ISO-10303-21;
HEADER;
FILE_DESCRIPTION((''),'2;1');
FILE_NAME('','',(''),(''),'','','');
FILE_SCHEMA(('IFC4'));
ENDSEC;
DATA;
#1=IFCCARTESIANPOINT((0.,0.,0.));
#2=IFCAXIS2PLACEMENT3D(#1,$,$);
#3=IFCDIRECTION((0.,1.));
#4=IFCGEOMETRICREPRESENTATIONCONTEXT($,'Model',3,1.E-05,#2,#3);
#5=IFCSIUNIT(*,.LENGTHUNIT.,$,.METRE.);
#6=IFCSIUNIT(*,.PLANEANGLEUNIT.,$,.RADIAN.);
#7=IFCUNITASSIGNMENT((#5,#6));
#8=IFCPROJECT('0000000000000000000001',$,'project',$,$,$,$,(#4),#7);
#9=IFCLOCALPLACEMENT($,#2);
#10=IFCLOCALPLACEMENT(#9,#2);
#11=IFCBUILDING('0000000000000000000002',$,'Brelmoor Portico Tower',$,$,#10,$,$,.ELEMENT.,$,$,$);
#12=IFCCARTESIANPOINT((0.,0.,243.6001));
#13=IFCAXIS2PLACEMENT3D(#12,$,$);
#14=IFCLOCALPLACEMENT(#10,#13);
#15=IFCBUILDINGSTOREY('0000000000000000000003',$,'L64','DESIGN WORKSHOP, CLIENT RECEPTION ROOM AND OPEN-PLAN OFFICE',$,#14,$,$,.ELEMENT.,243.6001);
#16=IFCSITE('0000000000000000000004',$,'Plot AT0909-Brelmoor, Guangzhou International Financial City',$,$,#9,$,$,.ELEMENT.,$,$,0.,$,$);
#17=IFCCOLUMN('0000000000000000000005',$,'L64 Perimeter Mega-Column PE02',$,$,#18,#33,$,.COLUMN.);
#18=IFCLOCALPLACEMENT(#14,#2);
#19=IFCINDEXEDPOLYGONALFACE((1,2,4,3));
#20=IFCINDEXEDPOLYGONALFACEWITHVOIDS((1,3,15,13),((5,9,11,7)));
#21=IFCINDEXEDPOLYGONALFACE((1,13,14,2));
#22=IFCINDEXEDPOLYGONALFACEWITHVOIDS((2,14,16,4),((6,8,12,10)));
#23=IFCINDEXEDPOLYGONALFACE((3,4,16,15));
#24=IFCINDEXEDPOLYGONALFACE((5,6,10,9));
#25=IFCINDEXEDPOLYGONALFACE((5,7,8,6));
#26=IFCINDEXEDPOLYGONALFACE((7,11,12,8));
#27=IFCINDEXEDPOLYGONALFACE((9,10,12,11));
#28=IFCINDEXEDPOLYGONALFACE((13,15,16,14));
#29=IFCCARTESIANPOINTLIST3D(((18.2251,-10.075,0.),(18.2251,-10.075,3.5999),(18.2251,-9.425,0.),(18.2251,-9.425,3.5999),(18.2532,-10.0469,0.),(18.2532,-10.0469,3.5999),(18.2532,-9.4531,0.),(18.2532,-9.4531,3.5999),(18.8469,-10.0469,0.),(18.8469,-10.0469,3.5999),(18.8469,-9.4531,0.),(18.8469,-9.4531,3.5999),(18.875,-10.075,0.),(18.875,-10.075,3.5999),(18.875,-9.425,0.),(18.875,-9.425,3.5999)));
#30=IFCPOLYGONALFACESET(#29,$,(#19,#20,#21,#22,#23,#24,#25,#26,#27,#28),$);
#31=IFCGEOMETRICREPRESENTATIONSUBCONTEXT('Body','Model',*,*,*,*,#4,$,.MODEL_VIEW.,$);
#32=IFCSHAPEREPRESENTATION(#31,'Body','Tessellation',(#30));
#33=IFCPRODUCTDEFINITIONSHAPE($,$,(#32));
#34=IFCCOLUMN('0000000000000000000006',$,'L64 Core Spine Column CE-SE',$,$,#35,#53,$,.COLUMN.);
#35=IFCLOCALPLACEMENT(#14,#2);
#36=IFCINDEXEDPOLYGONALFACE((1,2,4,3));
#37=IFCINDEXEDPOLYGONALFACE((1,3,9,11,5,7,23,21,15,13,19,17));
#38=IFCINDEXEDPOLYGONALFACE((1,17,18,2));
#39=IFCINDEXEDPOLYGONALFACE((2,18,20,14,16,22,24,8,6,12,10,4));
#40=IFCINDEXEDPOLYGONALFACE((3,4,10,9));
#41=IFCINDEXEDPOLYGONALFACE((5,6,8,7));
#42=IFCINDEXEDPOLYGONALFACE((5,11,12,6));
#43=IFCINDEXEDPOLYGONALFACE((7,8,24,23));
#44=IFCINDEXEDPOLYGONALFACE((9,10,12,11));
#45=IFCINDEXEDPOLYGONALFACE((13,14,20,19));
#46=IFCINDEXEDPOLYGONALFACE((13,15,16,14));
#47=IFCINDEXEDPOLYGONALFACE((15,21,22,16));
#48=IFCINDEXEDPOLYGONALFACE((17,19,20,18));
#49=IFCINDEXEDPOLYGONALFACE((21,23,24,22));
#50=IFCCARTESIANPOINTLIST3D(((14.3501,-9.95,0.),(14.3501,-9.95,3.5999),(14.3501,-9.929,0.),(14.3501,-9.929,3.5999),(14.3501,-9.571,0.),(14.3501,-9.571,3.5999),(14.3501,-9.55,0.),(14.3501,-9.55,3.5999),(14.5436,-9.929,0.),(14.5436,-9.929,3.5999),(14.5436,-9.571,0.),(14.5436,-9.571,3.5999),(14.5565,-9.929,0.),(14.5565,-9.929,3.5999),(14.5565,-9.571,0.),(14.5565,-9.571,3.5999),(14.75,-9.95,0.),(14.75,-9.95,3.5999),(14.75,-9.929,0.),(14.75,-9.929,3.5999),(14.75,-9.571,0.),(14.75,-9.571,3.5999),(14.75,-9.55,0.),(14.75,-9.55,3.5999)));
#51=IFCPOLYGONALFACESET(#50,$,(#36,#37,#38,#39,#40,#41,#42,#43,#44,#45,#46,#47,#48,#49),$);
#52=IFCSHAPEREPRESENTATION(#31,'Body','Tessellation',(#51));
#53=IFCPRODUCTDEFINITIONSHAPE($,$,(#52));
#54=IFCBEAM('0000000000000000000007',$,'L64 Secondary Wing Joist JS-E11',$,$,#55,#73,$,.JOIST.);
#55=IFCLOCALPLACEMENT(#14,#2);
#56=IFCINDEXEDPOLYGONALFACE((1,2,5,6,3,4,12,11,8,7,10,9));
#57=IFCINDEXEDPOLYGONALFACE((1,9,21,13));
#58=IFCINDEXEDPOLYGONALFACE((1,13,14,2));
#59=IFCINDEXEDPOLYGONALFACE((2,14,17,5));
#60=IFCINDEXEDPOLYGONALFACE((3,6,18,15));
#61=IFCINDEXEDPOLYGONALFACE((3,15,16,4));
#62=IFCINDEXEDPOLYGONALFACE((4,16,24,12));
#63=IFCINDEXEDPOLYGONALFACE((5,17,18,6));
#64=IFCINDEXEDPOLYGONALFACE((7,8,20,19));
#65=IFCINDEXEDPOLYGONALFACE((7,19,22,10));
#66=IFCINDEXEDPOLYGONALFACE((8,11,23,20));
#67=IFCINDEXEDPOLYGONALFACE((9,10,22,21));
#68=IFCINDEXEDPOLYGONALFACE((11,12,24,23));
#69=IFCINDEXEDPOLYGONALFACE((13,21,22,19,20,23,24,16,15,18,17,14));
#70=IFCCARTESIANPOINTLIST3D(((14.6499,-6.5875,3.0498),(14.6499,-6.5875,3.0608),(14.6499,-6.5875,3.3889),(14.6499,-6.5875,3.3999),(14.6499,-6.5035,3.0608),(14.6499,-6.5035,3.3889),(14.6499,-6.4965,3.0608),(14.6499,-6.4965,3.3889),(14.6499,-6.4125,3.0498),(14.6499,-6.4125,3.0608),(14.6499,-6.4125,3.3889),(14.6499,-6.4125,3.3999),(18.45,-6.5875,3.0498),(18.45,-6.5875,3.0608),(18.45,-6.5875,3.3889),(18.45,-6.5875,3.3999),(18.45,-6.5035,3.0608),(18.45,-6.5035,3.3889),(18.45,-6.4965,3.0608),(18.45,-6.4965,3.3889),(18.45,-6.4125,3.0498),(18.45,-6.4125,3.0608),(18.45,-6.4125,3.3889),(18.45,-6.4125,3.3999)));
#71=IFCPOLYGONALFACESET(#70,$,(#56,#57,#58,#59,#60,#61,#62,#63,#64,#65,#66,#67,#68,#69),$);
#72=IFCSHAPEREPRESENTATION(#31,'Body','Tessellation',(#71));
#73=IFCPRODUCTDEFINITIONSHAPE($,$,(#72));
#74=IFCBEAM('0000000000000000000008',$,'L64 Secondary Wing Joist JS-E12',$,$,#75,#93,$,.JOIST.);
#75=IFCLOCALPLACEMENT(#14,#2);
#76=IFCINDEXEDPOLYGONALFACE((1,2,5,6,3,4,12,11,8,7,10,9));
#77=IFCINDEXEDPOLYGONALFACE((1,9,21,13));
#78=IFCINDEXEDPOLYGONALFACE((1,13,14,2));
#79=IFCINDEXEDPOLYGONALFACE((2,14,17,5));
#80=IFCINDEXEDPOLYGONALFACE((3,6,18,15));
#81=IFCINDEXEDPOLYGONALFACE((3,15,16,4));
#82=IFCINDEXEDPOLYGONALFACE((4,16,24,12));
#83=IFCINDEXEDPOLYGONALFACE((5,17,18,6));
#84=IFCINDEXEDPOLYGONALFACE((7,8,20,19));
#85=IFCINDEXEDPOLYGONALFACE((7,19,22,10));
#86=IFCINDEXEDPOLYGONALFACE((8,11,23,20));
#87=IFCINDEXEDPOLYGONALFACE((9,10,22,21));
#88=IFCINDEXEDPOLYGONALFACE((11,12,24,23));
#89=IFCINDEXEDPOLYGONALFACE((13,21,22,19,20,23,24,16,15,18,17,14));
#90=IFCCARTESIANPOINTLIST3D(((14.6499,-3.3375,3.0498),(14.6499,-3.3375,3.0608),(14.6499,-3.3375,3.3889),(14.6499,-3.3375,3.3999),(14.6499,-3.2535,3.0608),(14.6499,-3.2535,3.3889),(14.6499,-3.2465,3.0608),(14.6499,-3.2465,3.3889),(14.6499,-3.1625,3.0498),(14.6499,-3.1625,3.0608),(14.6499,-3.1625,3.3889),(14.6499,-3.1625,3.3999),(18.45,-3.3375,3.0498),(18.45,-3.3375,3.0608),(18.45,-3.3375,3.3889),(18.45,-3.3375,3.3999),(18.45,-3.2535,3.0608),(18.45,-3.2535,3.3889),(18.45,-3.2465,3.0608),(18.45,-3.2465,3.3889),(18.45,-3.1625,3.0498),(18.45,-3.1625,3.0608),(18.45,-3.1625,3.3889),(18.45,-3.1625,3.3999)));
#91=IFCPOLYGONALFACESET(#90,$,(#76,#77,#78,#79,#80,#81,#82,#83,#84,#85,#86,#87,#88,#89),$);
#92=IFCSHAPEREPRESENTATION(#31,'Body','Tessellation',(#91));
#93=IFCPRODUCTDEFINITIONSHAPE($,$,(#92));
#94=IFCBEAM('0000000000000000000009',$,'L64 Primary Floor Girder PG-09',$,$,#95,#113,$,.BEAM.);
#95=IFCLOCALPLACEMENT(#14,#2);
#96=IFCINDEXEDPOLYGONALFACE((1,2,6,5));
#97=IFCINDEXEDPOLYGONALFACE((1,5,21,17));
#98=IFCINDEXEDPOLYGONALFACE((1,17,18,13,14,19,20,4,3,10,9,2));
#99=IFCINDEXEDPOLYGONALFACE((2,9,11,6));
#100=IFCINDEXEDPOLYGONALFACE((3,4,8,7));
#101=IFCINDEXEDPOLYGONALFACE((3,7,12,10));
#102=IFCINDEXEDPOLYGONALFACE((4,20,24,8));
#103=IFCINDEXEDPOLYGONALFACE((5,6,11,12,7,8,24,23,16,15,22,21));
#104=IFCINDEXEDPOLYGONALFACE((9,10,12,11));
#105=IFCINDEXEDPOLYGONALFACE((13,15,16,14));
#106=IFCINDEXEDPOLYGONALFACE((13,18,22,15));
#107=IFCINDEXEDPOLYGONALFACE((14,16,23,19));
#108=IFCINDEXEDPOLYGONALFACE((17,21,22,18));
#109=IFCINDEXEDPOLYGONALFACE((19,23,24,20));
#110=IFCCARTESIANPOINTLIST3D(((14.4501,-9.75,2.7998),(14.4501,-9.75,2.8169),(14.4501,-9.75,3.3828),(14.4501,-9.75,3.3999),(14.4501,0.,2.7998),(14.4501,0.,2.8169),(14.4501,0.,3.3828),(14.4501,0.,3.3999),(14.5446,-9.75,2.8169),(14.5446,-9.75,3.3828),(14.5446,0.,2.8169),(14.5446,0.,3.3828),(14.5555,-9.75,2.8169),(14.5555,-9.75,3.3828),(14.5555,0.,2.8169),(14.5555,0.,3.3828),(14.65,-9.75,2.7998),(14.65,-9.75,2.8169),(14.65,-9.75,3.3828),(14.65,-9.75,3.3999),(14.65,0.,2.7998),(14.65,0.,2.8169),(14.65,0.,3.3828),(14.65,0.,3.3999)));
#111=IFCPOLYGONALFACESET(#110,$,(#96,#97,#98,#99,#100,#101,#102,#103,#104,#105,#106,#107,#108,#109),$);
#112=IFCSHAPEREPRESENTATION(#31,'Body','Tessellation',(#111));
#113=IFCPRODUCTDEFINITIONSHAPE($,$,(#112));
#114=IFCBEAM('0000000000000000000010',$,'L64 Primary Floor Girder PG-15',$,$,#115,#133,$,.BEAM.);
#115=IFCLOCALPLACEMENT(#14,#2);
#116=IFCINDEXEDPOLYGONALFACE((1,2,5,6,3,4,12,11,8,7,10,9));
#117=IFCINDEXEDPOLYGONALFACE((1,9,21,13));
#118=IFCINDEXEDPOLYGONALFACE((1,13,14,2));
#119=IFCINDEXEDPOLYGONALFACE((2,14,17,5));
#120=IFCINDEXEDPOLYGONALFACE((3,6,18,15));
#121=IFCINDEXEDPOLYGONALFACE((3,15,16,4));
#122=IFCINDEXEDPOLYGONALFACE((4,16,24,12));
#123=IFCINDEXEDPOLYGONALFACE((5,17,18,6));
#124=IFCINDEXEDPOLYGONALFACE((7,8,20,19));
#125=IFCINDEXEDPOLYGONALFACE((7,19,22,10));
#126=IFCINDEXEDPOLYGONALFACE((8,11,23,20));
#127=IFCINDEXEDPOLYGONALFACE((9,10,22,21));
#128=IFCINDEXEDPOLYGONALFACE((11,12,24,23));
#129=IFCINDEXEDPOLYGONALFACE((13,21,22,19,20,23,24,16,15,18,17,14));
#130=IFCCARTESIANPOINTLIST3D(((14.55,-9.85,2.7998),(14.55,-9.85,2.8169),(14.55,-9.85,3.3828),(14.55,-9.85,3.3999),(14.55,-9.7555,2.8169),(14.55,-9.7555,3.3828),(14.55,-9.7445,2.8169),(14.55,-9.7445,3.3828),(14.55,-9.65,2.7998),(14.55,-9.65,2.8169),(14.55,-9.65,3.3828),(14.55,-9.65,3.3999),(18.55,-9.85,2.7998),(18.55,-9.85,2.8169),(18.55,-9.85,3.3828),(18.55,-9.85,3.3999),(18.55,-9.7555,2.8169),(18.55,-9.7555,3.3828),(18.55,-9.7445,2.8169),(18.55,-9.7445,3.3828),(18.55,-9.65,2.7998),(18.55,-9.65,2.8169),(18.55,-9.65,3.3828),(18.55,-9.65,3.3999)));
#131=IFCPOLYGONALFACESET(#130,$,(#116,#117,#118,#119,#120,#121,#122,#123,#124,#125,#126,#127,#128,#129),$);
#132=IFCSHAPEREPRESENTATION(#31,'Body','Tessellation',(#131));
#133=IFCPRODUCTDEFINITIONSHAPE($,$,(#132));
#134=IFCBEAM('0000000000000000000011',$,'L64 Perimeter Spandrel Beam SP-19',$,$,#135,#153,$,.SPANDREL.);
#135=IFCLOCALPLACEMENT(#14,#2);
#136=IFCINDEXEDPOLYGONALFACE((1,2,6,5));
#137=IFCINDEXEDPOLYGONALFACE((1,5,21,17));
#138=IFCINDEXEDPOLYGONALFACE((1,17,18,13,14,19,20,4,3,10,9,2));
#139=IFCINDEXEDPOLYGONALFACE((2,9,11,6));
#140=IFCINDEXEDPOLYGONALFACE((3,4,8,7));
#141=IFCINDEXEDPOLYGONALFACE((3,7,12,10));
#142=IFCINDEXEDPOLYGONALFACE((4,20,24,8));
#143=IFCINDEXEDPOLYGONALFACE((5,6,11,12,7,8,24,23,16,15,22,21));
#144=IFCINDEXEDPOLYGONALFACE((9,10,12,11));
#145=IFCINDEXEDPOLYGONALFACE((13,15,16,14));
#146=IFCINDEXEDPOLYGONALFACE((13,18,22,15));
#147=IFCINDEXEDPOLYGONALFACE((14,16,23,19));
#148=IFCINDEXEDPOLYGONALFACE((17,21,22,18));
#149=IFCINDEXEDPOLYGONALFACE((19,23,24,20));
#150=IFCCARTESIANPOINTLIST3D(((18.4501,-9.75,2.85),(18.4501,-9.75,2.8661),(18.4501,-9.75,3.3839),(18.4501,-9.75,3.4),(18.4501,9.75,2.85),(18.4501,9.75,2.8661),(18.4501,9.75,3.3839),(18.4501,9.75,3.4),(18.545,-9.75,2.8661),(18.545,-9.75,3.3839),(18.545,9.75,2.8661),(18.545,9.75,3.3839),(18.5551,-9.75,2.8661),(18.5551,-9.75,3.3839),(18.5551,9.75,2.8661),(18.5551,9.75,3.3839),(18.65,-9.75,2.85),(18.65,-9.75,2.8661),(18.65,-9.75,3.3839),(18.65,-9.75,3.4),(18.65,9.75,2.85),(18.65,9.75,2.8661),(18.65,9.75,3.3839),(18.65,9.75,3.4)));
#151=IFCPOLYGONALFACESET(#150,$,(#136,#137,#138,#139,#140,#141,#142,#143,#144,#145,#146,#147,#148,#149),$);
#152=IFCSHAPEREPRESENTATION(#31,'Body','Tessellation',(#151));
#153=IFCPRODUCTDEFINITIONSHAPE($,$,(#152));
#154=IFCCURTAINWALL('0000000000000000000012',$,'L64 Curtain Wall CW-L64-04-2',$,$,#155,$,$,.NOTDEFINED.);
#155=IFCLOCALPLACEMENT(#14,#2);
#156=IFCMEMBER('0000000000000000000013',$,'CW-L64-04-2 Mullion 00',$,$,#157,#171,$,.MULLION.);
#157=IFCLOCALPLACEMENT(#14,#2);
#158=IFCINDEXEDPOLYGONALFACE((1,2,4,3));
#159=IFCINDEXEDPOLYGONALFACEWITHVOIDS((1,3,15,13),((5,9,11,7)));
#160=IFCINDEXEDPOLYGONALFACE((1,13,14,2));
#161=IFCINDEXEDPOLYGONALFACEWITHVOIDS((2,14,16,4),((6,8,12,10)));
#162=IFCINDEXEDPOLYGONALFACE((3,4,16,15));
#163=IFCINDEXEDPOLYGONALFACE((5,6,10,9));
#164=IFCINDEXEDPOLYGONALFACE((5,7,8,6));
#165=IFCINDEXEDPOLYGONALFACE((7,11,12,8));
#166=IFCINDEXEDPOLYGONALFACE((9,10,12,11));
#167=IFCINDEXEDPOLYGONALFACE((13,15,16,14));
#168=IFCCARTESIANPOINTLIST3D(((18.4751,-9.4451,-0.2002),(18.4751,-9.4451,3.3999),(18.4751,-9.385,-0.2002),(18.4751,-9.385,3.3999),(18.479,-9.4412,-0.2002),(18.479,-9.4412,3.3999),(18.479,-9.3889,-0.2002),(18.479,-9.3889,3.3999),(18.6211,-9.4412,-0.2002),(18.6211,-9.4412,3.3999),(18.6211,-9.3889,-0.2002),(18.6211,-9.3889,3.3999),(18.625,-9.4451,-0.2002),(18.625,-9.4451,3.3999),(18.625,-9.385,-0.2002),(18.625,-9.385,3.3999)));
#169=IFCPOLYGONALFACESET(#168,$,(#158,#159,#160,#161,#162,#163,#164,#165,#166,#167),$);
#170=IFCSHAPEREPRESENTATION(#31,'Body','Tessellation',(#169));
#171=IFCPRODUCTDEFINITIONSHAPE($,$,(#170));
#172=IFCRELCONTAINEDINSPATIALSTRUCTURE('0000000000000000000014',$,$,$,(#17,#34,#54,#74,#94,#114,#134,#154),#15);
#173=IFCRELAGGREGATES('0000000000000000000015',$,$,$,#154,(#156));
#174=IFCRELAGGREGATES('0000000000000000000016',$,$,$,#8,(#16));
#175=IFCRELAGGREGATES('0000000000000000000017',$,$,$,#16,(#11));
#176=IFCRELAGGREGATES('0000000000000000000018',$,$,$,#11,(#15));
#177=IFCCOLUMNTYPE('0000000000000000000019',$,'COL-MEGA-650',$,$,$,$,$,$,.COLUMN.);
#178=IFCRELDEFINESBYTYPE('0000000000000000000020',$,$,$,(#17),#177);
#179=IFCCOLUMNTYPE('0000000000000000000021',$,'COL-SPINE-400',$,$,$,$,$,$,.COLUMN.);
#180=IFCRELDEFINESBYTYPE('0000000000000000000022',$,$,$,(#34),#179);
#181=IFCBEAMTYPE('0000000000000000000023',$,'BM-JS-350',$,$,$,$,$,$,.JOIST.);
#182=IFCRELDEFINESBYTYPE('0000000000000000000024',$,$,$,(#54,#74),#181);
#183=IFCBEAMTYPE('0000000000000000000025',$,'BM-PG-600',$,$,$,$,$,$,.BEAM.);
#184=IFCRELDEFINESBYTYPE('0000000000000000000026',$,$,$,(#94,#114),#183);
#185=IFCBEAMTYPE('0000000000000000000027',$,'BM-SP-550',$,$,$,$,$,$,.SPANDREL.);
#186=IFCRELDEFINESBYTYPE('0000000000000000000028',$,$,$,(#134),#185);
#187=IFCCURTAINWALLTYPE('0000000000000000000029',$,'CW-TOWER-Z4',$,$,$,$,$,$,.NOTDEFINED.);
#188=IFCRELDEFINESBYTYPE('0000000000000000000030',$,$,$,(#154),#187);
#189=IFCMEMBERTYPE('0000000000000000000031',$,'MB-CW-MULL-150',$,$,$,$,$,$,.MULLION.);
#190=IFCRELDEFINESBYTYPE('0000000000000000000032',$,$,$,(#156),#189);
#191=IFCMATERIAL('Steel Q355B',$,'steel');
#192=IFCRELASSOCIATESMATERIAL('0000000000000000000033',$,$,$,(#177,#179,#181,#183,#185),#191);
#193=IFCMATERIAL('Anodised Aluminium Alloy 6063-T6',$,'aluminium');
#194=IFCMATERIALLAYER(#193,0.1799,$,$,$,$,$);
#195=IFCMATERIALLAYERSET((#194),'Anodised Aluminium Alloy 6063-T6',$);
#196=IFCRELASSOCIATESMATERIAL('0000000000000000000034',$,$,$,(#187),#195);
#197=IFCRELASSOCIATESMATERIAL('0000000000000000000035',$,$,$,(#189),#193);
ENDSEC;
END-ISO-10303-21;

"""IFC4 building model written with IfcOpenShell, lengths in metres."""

from ifc_helpers import new_model, si_unit, direction, frame, origin, origin_2d, place, context, subcontext, project, spatial, hollow_rectangle, i_section, extrude, material, layer, layer_set, material_profile, profile_set, type_object, element, aggregate, save


model = new_model("IFC4")

# Units and contexts
model_context = context("Model", 3, precision=1e-05, world=origin(), true_north=direction((0.0, 1.0)))
body_context = subcontext(model_context, "Body", "Model", "MODEL_VIEW")
ifc_project = project(units=[si_unit("LENGTHUNIT", "METRE"), si_unit("PLANEANGLEUNIT", "RADIAN")], contexts=[model_context])

# Site, building, storey
site_placement = place(None, origin())
site = spatial("IfcSite", under=ifc_project, at=site_placement, Name="Plot AT0909-Brelmoor, Guangzhou International Financial City", CompositionType="ELEMENT", RefElevation=0.0)
building_placement = place(site_placement, origin())
building = spatial("IfcBuilding", under=site, at=building_placement, Name="Brelmoor Portico Tower", CompositionType="ELEMENT")
storey_placement = place(building_placement, frame((0.0, 0.0, 243.6001)))
storey = spatial("IfcBuildingStorey", under=building, at=storey_placement, Name="L64", Description="DESIGN WORKSHOP, CLIENT RECEPTION ROOM AND OPEN-PLAN OFFICE", CompositionType="ELEMENT", Elevation=243.6001)

# Columns
ifc_material_1 = material(Name="Steel Q355B", Category="steel")
ifc_material_profile_1 = material_profile(ifc_material_1, hollow_rectangle(XDim=0.6499, YDim=0.6499, WallThickness=0.0281, at=origin_2d()), Name="BOX 650x650x28")
ifc_profile_set_1 = profile_set([ifc_material_profile_1], Name="Steel Q355B")
column_type_1 = type_object("IfcColumnType", Name="COL-MEGA-650", PredefinedType="COLUMN", material=ifc_profile_set_1)
column_1_placement = place(storey_placement, frame((18.55, -9.75, 0.0), z_axis=(0.0, 0.0, 1.0), x_axis=(0.0, 1.0, 0.0)))
element("IfcColumn", 1, at=column_1_placement, inside=storey, type_object=column_type_1, Name="L64 Perimeter Mega-Column PE02", PredefinedType="COLUMN", context=body_context, shape_type="SweptSolid", body=[
    extrude(hollow_rectangle(XDim=0.6499, YDim=0.6499, WallThickness=0.0281, at=origin_2d()), origin(), (0.0, 0.0, 1.0), 3.5999),
])
ifc_material_profile_2 = material_profile(ifc_material_1, i_section(OverallWidth=0.3999, OverallDepth=0.3999, WebThickness=0.0129, FlangeThickness=0.021, at=origin_2d()), Name="HW 400x400x13x21")
ifc_profile_set_2 = profile_set([ifc_material_profile_2], Name="Steel Q355B")
column_type_2 = type_object("IfcColumnType", Name="COL-SPINE-400", PredefinedType="COLUMN", material=ifc_profile_set_2)
column_2_placement = place(storey_placement, frame((14.55, -9.75, 0.0), z_axis=(0.0, 0.0, 1.0), x_axis=(1.0, 0.0, 0.0)))
element("IfcColumn", 2, at=column_2_placement, inside=storey, type_object=column_type_2, Name="L64 Core Spine Column CE-SE", PredefinedType="COLUMN", context=body_context, shape_type="SweptSolid", body=[
    extrude(i_section(OverallWidth=0.3999, OverallDepth=0.3999, WebThickness=0.0129, FlangeThickness=0.021, at=origin_2d()), origin(), (0.0, 0.0, 1.0), 3.5999),
])

# Beams
ifc_material_profile_3 = material_profile(ifc_material_1, i_section(OverallWidth=0.175, OverallDepth=0.3501, WebThickness=0.0071, FlangeThickness=0.011, at=origin_2d()), Name="HN 350x175x7x11")
ifc_profile_set_3 = profile_set([ifc_material_profile_3], Name="Steel Q355B")
beam_type_1 = type_object("IfcBeamType", Name="BM-JS-350", PredefinedType="JOIST", material=ifc_profile_set_3)
for number, where, z_axis, x_axis, name in (
    (3, (14.6499, -6.5, 3.2249), (1.0, 0.0, 0.0), (0.0, 1.0, 0.0), "L64 Secondary Wing Joist JS-E11"),
    (4, (14.6499, -3.25, 3.2249), (1.0, 0.0, 0.0), (0.0, 1.0, 0.0), "L64 Secondary Wing Joist JS-E12"),
):
    element("IfcBeam", number, at=place(storey_placement, frame(where, z_axis=z_axis, x_axis=x_axis)), inside=storey, type_object=beam_type_1, Name=name, PredefinedType="JOIST", context=body_context, shape_type="SweptSolid", body=[
        extrude(i_section(OverallWidth=0.175, OverallDepth=0.3501, WebThickness=0.0071, FlangeThickness=0.011, at=origin_2d()), origin(), (0.0, 0.0, 1.0), 3.8),
    ])
ifc_material_profile_4 = material_profile(ifc_material_1, i_section(OverallWidth=0.2, OverallDepth=0.6001, WebThickness=0.011, FlangeThickness=0.0171, at=origin_2d()), Name="HN 600x200x11x17")
ifc_profile_set_4 = profile_set([ifc_material_profile_4], Name="Steel Q355B")
beam_type_2 = type_object("IfcBeamType", Name="BM-PG-600", PredefinedType="BEAM", material=ifc_profile_set_4)
beam_1_placement = place(storey_placement, frame((14.55, -9.75, 3.0999), z_axis=(0.0, 1.0, 0.0), x_axis=(-1.0, 0.0, 0.0)))
element("IfcBeam", 5, at=beam_1_placement, inside=storey, type_object=beam_type_2, Name="L64 Primary Floor Girder PG-09", PredefinedType="BEAM", context=body_context, shape_type="SweptSolid", body=[
    extrude(i_section(OverallWidth=0.2, OverallDepth=0.6001, WebThickness=0.011, FlangeThickness=0.0171, at=origin_2d()), origin(), (0.0, 0.0, 1.0), 9.75),
])
beam_2_placement = place(storey_placement, frame((14.55, -9.75, 3.0999), z_axis=(1.0, 0.0, 0.0), x_axis=(0.0, 1.0, 0.0)))
element("IfcBeam", 6, at=beam_2_placement, inside=storey, type_object=beam_type_2, Name="L64 Primary Floor Girder PG-15", PredefinedType="BEAM", context=body_context, shape_type="SweptSolid", body=[
    extrude(i_section(OverallWidth=0.2, OverallDepth=0.6001, WebThickness=0.011, FlangeThickness=0.0171, at=origin_2d()), origin(), (0.0, 0.0, 1.0), 4.0),
])
ifc_material_profile_5 = material_profile(ifc_material_1, i_section(OverallWidth=0.2, OverallDepth=0.55, WebThickness=0.01, FlangeThickness=0.0161, at=origin_2d()), Name="HN 550x200x10x16")
ifc_profile_set_5 = profile_set([ifc_material_profile_5], Name="Steel Q355B")
beam_type_3 = type_object("IfcBeamType", Name="BM-SP-550", PredefinedType="SPANDREL", material=ifc_profile_set_5)
beam_3_placement = place(storey_placement, frame((18.55, -9.75, 3.125), z_axis=(0.0, 1.0, 0.0), x_axis=(-1.0, 0.0, 0.0)))
element("IfcBeam", 7, at=beam_3_placement, inside=storey, type_object=beam_type_3, Name="L64 Perimeter Spandrel Beam SP-19", PredefinedType="SPANDREL", context=body_context, shape_type="SweptSolid", body=[
    extrude(i_section(OverallWidth=0.2, OverallDepth=0.55, WebThickness=0.01, FlangeThickness=0.0161, at=origin_2d()), origin(), (0.0, 0.0, 1.0), 19.5),
])

# Curtain wall, member
ifc_material_2 = material(Name="Anodised Aluminium Alloy 6063-T6", Category="aluminium")
ifc_layer_1 = layer(ifc_material_2, 0.1799)
ifc_layer_set_1 = layer_set([ifc_layer_1], Name="Anodised Aluminium Alloy 6063-T6")
curtain_wall_type = type_object("IfcCurtainWallType", Name="CW-TOWER-Z4", PredefinedType="NOTDEFINED", material=ifc_layer_set_1)
curtain_wall_placement = place(storey_placement, origin())
curtain_wall = element("IfcCurtainWall", 8, at=curtain_wall_placement, inside=storey, type_object=curtain_wall_type, Name="L64 Curtain Wall CW-L64-04-2", PredefinedType="NOTDEFINED")
ifc_material_profile_6 = material_profile(ifc_material_2, hollow_rectangle(XDim=0.0601, YDim=0.1499, WallThickness=0.0039, at=origin_2d()), Name="ALU MULLION 60x150")
ifc_profile_set_6 = profile_set([ifc_material_profile_6], Name="Anodised Aluminium Alloy 6063-T6")
member_type_1 = type_object("IfcMemberType", Name="MB-CW-MULL-150", PredefinedType="MULLION", material=ifc_profile_set_6)
member_1_placement = place(storey_placement, frame((18.55, -9.415, -0.2002), z_axis=(0.0, 0.0, 1.0), x_axis=(0.0, 1.0, 0.0)))
member_1 = element("IfcMember", 9, at=member_1_placement, type_object=member_type_1, Name="CW-L64-04-2 Mullion 00", PredefinedType="MULLION", context=body_context, shape_type="SweptSolid", body=[
    extrude(hollow_rectangle(XDim=0.0601, YDim=0.1499, WallThickness=0.0039, at=origin_2d()), origin(), (0.0, 0.0, 1.0), 3.6001),
])
aggregate(curtain_wall, [member_1])

save(model, "model.ifc")
